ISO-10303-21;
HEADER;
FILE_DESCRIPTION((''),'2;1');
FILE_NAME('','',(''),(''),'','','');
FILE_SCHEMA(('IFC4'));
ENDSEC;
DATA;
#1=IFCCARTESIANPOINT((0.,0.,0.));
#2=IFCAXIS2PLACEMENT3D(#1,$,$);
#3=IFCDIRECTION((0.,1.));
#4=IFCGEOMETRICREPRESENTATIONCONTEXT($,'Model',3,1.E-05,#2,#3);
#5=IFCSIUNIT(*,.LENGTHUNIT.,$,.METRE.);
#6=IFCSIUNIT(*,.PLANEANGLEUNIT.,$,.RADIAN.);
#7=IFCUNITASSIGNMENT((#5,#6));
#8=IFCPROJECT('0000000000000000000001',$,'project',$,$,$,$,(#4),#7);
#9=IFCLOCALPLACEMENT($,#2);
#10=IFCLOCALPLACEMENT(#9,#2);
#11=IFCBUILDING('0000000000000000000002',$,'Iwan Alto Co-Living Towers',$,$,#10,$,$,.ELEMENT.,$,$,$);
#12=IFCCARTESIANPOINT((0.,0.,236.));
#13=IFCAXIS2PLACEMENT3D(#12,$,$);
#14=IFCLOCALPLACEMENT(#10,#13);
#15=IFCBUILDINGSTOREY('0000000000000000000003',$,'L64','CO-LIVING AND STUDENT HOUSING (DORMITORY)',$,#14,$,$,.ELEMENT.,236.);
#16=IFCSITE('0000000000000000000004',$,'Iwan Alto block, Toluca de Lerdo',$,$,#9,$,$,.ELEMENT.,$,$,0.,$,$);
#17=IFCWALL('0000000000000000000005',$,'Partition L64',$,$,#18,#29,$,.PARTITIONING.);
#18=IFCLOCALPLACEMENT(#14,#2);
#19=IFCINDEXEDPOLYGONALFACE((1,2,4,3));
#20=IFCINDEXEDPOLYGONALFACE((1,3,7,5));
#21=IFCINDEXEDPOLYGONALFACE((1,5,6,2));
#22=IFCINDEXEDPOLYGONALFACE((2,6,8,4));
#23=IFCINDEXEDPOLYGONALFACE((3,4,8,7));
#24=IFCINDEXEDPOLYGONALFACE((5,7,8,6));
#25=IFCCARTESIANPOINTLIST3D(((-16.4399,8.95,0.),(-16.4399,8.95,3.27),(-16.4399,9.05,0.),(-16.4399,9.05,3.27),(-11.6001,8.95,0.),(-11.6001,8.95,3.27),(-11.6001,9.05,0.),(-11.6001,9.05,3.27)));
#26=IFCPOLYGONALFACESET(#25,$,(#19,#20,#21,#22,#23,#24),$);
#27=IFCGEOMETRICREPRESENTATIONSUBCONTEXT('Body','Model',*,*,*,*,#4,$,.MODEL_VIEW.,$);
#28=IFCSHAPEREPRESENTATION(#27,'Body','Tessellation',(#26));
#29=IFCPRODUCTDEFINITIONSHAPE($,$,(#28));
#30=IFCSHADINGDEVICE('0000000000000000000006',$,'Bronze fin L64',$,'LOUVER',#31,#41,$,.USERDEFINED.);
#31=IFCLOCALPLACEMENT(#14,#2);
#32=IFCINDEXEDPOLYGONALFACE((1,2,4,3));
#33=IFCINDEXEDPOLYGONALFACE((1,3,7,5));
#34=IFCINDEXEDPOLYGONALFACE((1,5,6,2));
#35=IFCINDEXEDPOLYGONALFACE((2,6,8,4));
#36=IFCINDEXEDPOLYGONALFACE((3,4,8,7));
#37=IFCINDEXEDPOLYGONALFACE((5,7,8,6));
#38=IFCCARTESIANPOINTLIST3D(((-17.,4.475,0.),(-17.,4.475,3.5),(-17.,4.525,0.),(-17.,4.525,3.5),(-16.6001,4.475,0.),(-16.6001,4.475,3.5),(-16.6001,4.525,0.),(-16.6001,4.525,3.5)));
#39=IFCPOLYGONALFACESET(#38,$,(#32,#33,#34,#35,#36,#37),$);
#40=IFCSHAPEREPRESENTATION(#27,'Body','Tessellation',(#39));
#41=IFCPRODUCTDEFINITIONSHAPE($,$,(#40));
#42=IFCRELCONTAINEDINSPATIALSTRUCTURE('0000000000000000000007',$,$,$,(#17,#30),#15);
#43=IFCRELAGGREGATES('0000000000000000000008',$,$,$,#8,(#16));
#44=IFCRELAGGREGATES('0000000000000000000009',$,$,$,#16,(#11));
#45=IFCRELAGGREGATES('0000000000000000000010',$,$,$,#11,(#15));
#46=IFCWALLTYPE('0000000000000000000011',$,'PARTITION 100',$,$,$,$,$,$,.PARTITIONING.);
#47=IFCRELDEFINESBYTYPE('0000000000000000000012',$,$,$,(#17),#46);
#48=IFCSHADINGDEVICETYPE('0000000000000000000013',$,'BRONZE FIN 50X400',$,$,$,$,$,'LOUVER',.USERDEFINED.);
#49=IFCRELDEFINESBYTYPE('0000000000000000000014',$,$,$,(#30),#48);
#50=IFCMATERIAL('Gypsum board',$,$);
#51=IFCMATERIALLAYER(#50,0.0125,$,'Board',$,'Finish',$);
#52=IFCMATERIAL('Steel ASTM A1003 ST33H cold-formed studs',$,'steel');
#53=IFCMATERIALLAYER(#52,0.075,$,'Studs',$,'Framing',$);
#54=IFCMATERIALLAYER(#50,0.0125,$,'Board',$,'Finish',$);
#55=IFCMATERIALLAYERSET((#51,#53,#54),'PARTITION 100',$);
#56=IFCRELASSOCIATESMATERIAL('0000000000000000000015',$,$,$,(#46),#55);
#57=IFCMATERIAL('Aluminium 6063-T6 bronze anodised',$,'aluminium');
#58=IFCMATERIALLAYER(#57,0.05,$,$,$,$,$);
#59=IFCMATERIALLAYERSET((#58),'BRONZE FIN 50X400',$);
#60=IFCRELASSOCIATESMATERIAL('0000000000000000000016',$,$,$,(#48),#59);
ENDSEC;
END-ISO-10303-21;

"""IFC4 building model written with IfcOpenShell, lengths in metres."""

from ifc_helpers import new_model, si_unit, direction, frame, frame_2d, origin, origin_2d, place, context, subcontext, project, spatial, rectangle, extrude, material, layer, layer_set, type_object, element, save


model = new_model("IFC4")

# Units and contexts
model_context = context("Model", 3, precision=1e-05, world=origin(), true_north=direction((0.0, 1.0)))
body_context = subcontext(model_context, "Body", "Model", "MODEL_VIEW")
ifc_project = project(units=[si_unit("LENGTHUNIT", "METRE"), si_unit("PLANEANGLEUNIT", "RADIAN")], contexts=[model_context])

# Site, building, storey
site_placement = place(None, origin())
site = spatial("IfcSite", under=ifc_project, at=site_placement, Name="Iwan Alto block, Toluca de Lerdo", CompositionType="ELEMENT", RefElevation=0.0)
building_placement = place(site_placement, origin())
building = spatial("IfcBuilding", under=site, at=building_placement, Name="Iwan Alto Co-Living Towers", CompositionType="ELEMENT")
storey_placement = place(building_placement, frame((0.0, 0.0, 236.0)))
storey = spatial("IfcBuildingStorey", under=building, at=storey_placement, Name="L64", Description="CO-LIVING AND STUDENT HOUSING (DORMITORY)", CompositionType="ELEMENT", Elevation=236.0)

# Shared definitions
ifc_material_1 = material(Name="Gypsum board")
ifc_material_2 = material(Name="Steel ASTM A1003 ST33H cold-formed studs", Category="steel")

# Shared definitions
ifc_layer_1 = layer(ifc_material_1, 0.0125, Name="Board", Category="Finish")
ifc_layer_2 = layer(ifc_material_2, 0.075, Name="Studs", Category="Framing")
ifc_layer_3 = layer(ifc_material_1, 0.0125, Name="Board", Category="Finish")
ifc_layer_set_1 = layer_set([ifc_layer_1, ifc_layer_2, ifc_layer_3], Name="PARTITION 100")
wall_type_1 = type_object("IfcWallType", Name="PARTITION 100", PredefinedType="PARTITIONING", material=ifc_layer_set_1)

# Wall
wall_1_placement = place(storey_placement, frame((-16.4399, 9.0, 0.0), z_axis=(0.0, 0.0, 1.0), x_axis=(1.0, 0.0, 0.0)))
element("IfcWall", 1, at=wall_1_placement, inside=storey, type_object=wall_type_1, Name="Partition L64", PredefinedType="PARTITIONING", context=body_context, shape_type="SweptSolid", body=[
    extrude(rectangle(XDim=4.8398, YDim=0.1001, at=frame_2d((2.4199, 0.0))), origin(), (0.0, 0.0, 1.0), 3.27),
])

# Shading device
ifc_material_3 = material(Name="Aluminium 6063-T6 bronze anodised", Category="aluminium")
ifc_layer_4 = layer(ifc_material_3, 0.05)
ifc_layer_set_2 = layer_set([ifc_layer_4], Name="BRONZE FIN 50X400")
shading_device_type = type_object("IfcShadingDeviceType", Name="BRONZE FIN 50X400", ElementType="LOUVER", PredefinedType="USERDEFINED", material=ifc_layer_set_2)
shading_device_placement = place(storey_placement, frame((-16.8, 4.5, 0.0), z_axis=(0.0, 0.0, 1.0), x_axis=(0.0, -1.0, 0.0)))
element("IfcShadingDevice", 2, at=shading_device_placement, inside=storey, type_object=shading_device_type, Name="Bronze fin L64", ObjectType="LOUVER", PredefinedType="USERDEFINED", context=body_context, shape_type="SweptSolid", body=[
    extrude(rectangle(XDim=0.05, YDim=0.3999, at=origin_2d()), origin(), (0.0, 0.0, 1.0), 3.5),
])

save(model, "model.ifc")
